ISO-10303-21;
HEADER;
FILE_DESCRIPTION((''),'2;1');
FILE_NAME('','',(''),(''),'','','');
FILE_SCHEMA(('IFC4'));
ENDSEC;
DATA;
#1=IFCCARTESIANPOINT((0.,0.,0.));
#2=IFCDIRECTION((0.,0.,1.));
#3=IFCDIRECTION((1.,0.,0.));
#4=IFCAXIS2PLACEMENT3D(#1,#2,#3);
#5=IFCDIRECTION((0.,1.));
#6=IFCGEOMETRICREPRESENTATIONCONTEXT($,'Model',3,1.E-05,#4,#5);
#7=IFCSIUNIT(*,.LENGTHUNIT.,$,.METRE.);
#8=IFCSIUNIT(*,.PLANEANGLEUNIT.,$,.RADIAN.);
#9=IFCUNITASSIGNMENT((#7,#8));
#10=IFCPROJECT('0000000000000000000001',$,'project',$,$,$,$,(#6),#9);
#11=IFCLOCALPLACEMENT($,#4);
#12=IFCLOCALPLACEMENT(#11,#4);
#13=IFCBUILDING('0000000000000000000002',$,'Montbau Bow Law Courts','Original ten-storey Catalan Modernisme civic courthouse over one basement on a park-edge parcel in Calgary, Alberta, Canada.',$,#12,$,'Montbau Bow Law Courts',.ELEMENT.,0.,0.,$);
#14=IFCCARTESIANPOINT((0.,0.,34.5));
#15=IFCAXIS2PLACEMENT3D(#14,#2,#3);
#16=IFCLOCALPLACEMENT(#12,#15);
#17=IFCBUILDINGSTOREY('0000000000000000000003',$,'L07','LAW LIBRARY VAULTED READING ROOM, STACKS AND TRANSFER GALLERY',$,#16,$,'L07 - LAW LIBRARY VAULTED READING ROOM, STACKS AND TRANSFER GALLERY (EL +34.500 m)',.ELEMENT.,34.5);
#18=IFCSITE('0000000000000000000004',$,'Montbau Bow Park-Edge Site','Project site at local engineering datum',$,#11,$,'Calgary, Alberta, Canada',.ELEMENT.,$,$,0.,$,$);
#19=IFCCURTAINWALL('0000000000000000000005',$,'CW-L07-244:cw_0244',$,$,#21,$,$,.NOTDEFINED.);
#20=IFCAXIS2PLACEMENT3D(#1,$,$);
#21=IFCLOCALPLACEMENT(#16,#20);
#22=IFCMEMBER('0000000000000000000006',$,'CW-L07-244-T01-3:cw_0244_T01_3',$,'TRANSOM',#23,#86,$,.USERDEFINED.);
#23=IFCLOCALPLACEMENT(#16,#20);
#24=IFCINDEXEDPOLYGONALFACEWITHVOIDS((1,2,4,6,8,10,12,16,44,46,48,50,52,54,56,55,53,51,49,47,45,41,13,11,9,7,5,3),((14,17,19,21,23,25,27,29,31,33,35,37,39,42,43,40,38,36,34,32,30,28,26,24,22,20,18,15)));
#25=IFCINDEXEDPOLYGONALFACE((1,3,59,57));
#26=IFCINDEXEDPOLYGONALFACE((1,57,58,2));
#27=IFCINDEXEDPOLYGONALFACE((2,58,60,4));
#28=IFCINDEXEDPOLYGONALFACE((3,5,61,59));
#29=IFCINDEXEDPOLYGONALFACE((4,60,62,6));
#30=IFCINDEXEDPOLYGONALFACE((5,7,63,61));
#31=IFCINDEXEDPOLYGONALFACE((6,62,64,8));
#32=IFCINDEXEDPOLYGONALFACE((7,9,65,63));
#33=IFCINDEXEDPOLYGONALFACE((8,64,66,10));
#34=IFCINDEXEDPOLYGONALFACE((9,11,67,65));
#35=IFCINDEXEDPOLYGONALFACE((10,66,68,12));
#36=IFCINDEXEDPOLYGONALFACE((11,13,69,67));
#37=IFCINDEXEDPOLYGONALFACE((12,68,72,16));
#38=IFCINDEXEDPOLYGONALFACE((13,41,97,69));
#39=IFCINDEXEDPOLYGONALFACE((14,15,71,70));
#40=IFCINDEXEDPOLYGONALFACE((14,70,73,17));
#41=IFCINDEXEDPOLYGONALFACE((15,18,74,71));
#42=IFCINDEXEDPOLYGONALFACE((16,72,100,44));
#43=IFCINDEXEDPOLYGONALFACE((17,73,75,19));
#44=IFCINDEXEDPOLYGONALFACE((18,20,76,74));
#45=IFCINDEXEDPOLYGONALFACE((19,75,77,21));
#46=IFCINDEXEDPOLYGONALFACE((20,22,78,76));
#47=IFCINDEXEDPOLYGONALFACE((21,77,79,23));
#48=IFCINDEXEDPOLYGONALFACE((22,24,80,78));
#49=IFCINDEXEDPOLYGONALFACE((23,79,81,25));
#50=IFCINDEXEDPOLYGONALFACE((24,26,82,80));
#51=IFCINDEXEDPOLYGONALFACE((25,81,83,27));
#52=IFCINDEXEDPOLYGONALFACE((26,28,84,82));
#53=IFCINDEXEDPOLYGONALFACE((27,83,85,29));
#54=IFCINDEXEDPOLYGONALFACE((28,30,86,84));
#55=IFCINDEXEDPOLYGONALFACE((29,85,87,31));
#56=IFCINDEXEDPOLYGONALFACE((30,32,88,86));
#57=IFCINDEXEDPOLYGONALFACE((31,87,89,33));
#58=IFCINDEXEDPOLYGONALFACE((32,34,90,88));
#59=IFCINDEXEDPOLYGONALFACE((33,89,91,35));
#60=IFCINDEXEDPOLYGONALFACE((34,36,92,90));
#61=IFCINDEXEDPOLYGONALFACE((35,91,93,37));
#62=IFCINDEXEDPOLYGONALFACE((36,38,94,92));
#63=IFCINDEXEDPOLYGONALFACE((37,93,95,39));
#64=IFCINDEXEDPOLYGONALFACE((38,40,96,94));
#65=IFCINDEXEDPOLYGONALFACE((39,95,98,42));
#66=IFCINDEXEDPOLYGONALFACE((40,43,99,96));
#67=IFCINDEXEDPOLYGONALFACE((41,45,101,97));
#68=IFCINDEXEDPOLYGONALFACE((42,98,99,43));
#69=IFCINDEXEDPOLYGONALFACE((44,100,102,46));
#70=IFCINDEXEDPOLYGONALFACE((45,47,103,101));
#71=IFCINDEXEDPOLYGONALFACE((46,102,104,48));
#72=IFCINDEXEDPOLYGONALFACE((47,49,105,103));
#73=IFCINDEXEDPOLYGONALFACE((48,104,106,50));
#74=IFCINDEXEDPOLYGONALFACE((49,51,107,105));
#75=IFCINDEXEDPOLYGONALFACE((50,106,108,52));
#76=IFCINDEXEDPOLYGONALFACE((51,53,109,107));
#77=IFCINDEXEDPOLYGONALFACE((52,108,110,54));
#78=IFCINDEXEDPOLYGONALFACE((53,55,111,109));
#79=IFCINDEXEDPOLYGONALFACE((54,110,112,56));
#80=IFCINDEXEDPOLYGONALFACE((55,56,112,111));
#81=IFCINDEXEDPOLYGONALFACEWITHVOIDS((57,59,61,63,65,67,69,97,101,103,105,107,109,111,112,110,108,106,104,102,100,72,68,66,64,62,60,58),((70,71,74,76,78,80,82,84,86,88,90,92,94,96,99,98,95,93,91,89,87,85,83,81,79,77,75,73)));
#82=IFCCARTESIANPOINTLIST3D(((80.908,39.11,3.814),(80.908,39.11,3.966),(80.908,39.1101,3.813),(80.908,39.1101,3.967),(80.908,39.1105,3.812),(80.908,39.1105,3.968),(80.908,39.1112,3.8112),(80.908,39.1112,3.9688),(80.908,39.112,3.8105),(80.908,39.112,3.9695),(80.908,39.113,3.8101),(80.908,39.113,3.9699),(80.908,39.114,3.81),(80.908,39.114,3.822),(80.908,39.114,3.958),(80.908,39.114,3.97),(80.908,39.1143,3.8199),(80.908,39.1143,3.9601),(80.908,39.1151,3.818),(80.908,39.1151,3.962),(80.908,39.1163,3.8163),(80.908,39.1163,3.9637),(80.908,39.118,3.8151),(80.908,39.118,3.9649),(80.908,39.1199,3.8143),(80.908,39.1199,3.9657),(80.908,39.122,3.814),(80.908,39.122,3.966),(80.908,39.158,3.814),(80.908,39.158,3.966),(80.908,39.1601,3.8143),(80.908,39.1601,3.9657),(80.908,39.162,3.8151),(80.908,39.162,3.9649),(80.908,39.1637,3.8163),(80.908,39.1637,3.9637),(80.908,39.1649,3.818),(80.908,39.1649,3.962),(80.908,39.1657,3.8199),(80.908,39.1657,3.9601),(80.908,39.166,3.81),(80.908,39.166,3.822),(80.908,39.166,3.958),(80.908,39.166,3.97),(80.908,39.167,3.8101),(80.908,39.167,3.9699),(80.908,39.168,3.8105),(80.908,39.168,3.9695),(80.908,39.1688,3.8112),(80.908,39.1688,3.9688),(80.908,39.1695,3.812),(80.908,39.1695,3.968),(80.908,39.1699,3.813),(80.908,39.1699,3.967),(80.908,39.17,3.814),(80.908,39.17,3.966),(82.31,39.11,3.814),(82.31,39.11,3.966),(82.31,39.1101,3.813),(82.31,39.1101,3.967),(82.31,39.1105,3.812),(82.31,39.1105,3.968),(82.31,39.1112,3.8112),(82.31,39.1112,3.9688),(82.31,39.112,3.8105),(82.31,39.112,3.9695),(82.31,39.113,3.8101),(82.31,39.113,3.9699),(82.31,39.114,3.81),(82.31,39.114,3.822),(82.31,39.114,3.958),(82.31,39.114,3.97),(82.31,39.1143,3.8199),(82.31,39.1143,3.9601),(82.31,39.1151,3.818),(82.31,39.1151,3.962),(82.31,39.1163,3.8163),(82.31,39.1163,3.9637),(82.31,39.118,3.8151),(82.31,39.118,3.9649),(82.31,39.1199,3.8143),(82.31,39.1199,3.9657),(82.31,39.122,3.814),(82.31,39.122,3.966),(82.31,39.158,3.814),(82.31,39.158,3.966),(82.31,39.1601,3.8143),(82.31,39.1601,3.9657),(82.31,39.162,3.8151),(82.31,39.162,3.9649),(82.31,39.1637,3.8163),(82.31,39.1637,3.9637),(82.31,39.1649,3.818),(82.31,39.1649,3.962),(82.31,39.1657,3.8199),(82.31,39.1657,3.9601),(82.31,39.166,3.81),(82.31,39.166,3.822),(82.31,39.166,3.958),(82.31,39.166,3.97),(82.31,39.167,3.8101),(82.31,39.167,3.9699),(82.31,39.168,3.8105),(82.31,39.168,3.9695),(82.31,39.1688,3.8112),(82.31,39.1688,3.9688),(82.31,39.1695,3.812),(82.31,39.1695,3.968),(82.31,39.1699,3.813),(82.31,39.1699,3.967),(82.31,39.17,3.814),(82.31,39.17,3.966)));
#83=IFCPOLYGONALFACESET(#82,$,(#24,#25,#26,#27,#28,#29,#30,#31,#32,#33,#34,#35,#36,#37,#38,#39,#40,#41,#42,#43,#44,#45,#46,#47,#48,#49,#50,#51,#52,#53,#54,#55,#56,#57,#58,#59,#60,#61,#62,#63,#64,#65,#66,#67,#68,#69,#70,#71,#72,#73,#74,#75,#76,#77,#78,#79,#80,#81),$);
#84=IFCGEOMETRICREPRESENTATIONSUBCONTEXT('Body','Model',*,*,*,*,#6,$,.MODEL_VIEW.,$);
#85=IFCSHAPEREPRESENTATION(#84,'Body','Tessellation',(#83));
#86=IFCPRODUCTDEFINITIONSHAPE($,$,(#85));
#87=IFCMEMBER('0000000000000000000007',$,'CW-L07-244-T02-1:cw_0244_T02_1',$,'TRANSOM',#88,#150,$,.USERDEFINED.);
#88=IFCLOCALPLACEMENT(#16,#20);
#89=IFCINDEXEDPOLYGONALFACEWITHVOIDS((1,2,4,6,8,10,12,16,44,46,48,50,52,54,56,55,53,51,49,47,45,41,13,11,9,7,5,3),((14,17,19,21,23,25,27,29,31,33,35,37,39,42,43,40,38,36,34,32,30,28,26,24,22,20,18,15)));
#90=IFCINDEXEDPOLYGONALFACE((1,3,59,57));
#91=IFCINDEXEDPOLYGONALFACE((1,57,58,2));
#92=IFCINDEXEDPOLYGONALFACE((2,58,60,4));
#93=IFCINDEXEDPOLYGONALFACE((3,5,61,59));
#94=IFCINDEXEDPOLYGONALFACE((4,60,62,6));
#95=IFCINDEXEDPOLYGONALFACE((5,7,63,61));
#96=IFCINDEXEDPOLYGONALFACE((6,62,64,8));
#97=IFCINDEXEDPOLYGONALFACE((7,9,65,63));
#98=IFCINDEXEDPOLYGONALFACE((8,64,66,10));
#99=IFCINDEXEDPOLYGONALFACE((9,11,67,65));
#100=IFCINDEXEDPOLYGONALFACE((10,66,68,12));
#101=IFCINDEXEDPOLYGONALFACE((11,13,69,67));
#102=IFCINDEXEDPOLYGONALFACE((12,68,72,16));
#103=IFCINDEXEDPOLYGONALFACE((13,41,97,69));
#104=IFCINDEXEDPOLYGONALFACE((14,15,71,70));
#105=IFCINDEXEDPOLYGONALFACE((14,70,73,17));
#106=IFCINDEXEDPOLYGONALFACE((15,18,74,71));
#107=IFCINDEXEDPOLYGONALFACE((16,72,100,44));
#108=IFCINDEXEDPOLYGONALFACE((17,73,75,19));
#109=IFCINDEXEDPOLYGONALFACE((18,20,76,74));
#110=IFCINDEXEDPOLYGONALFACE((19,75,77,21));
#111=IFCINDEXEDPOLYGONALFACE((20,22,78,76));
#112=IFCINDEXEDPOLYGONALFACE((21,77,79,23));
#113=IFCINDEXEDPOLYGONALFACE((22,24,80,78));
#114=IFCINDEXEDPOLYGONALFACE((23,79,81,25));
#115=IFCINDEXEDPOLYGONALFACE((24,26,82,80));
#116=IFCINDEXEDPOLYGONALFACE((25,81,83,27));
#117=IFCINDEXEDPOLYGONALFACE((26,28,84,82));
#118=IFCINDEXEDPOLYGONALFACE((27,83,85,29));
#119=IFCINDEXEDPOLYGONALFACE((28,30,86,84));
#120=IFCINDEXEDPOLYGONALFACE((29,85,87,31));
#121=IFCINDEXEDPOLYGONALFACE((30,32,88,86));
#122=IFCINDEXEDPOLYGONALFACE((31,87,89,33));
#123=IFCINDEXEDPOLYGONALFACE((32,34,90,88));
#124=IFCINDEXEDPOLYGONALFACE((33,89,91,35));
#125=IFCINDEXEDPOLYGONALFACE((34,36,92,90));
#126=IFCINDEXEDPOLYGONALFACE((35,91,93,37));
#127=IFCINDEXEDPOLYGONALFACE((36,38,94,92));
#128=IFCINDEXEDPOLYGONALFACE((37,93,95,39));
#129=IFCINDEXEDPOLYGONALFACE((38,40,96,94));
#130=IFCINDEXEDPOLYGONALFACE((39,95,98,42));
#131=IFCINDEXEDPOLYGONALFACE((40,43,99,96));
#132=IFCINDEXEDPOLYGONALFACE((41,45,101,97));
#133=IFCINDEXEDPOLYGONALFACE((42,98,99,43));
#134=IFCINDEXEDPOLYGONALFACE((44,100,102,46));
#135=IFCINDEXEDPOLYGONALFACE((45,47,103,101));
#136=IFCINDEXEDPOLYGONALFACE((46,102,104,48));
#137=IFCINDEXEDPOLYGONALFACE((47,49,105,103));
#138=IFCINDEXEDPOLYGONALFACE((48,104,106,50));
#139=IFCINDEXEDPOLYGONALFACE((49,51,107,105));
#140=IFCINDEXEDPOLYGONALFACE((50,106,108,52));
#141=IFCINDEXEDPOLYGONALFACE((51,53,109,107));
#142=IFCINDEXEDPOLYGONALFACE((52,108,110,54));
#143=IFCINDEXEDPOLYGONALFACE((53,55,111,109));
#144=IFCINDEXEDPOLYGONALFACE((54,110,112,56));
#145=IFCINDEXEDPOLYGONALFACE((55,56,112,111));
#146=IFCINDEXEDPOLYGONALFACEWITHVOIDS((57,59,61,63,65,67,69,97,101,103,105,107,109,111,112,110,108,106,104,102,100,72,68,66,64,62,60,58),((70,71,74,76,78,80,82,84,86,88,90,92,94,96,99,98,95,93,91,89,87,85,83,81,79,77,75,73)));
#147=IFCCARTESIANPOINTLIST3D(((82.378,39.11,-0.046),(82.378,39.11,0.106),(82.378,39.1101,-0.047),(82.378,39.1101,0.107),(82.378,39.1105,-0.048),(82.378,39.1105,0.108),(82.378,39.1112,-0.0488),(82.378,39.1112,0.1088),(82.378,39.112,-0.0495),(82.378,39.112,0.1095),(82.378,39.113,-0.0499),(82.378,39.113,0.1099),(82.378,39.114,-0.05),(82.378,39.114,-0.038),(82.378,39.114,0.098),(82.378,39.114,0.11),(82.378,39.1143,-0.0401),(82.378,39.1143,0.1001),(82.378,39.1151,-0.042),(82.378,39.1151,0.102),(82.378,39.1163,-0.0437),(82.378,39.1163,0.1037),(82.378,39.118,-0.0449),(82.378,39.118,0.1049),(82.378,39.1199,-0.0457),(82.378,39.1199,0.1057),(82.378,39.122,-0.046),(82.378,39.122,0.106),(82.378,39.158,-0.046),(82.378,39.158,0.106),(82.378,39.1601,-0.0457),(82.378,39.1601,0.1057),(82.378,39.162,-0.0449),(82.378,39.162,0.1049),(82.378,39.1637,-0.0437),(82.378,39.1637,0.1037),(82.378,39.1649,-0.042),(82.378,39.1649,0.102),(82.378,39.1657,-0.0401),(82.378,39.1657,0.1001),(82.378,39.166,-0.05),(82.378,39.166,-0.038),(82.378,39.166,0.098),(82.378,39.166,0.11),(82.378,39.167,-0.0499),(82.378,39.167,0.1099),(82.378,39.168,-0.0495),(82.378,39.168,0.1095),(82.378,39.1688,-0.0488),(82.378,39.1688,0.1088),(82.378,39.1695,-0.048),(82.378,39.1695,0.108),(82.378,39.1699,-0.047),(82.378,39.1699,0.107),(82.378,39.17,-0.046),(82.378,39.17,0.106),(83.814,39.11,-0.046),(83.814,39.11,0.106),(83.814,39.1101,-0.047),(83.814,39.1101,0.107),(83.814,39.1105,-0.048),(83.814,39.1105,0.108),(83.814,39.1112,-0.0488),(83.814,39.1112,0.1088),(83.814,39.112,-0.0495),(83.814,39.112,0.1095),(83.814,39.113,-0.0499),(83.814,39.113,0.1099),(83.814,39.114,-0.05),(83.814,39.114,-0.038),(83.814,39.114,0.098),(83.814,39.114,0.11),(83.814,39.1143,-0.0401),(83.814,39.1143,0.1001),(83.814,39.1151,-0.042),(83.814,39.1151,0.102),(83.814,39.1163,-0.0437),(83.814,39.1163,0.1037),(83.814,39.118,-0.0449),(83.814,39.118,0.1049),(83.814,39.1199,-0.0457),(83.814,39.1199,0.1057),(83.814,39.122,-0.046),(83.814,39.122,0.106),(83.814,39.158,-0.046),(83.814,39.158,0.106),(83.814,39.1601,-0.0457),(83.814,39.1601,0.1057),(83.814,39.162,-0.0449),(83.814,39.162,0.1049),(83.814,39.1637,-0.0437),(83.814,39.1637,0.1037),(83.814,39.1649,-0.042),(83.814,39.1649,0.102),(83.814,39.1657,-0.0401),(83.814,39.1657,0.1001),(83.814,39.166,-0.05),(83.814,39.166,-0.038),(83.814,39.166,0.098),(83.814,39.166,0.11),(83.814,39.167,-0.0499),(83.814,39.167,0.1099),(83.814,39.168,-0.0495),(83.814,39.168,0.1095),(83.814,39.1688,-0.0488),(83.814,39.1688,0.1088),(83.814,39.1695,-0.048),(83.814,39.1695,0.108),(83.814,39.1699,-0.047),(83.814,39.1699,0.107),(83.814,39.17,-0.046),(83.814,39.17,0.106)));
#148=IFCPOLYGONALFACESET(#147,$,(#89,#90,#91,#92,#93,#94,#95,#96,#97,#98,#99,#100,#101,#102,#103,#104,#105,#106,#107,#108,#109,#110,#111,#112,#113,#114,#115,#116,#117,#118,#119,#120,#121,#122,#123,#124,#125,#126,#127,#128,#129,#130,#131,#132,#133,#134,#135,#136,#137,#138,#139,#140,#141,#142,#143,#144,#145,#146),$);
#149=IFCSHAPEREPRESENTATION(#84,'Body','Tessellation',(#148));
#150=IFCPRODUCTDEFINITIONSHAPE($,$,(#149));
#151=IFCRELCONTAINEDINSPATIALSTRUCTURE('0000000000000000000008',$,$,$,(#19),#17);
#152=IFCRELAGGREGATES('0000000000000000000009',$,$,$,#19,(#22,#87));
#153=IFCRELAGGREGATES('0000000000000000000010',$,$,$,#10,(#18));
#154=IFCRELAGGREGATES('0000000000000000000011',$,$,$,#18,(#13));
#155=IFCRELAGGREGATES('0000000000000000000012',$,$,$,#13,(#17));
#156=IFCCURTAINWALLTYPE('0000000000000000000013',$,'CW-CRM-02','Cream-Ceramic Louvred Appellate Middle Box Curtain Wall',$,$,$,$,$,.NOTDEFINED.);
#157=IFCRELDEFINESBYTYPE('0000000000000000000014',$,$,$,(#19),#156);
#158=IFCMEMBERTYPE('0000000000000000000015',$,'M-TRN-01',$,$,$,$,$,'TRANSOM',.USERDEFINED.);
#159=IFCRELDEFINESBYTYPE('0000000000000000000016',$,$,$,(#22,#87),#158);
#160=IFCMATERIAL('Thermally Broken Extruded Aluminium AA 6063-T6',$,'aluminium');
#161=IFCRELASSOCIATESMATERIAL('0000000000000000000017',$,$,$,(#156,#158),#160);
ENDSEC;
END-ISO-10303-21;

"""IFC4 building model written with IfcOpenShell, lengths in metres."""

from ifc_helpers import new_model, si_unit, direction, frame, origin_with_axes, origin_2d_with_axis, place, context, subcontext, project, spatial, hollow_rectangle, extrude, material, material_profile, profile_set, type_object, element, aggregate, save


model = new_model("IFC4")

# Units and contexts
model_context = context("Model", 3, precision=1e-05, world=origin_with_axes(), true_north=direction((0.0, 1.0)))
body_context = subcontext(model_context, "Body", "Model", "MODEL_VIEW")
ifc_project = project(units=[si_unit("LENGTHUNIT", "METRE"), si_unit("PLANEANGLEUNIT", "RADIAN")], contexts=[model_context])

# Site, building, storey
site_placement = place(None, origin_with_axes())
site = spatial("IfcSite", under=ifc_project, at=site_placement, Name="Montbau Bow Park-Edge Site", Description="Project site at local engineering datum", LongName="Calgary, Alberta, Canada", CompositionType="ELEMENT", RefElevation=0.0)
building_placement = place(site_placement, origin_with_axes())
building = spatial("IfcBuilding", under=site, at=building_placement, Name="Montbau Bow Law Courts", Description="Original ten-storey Catalan Modernisme civic courthouse over one basement on a park-edge parcel in Calgary, Alberta, Canada.", LongName="Montbau Bow Law Courts", CompositionType="ELEMENT", ElevationOfRefHeight=0.0, ElevationOfTerrain=0.0)
storey_placement = place(building_placement, frame((0.0, 0.0, 34.5), z_axis=(0.0, 0.0, 1.0), x_axis=(1.0, 0.0, 0.0)))
storey = spatial("IfcBuildingStorey", under=building, at=storey_placement, Name="L07", Description="LAW LIBRARY VAULTED READING ROOM, STACKS AND TRANSFER GALLERY", LongName="L07 - LAW LIBRARY VAULTED READING ROOM, STACKS AND TRANSFER GALLERY (EL +34.500 m)", CompositionType="ELEMENT", Elevation=34.5)

# Shared definitions
ifc_material_1 = material(Name="Thermally Broken Extruded Aluminium AA 6063-T6", Category="aluminium")
curtain_wall_type = type_object("IfcCurtainWallType", Name="CW-CRM-02", Description="Cream-Ceramic Louvred Appellate Middle Box Curtain Wall", PredefinedType="NOTDEFINED", material=ifc_material_1)

# Curtain wall, members
curtain_wall_1_placement = place(None, frame((80.84, 39.14, 34.5), z_axis=(0.0, 0.0, 1.0), x_axis=(1.0, 0.0, 0.0)))
curtain_wall_1 = element("IfcCurtainWall", 1, at=curtain_wall_1_placement, inside=storey, type_object=curtain_wall_type, Name="CW-L07-244:cw_0244", PredefinedType="NOTDEFINED")
ifc_material_profile_1 = material_profile(ifc_material_1, hollow_rectangle(XDim=0.06, YDim=0.16, WallThickness=0.004, InnerFilletRadius=0.008, OuterFilletRadius=0.004, at=origin_2d_with_axis()), Name="CWT-160X60", Category="Main", Priority=0)
ifc_profile_set_1 = profile_set([ifc_material_profile_1], Name="Thermally Broken Extruded Aluminium AA 6063-T6")
member_type_1 = type_object("IfcMemberType", Name="M-TRN-01", ElementType="TRANSOM", PredefinedType="USERDEFINED", material=ifc_profile_set_1)
member_1_placement = place(None, frame((80.908, 39.14, 38.39), z_axis=(1.0, 0.0, 0.0), x_axis=(0.0, 1.0, 0.0)))
member_1 = element("IfcMember", 2, at=member_1_placement, type_object=member_type_1, Name="CW-L07-244-T01-3:cw_0244_T01_3", ObjectType="TRANSOM", PredefinedType="USERDEFINED", context=body_context, shape_type="SweptSolid", body=[
    extrude(hollow_rectangle(XDim=0.06, YDim=0.16, WallThickness=0.004, InnerFilletRadius=0.008, OuterFilletRadius=0.004, at=origin_2d_with_axis()), origin_with_axes(), (0.0, 0.0, 1.0), 1.402),
])
member_2_placement = place(None, frame((82.378, 39.14, 34.53), z_axis=(1.0, 0.0, 0.0), x_axis=(0.0, 1.0, 0.0)))
member_2 = element("IfcMember", 3, at=member_2_placement, type_object=member_type_1, Name="CW-L07-244-T02-1:cw_0244_T02_1", ObjectType="TRANSOM", PredefinedType="USERDEFINED", context=body_context, shape_type="SweptSolid", body=[
    extrude(hollow_rectangle(XDim=0.06, YDim=0.16, WallThickness=0.004, InnerFilletRadius=0.008, OuterFilletRadius=0.004, at=origin_2d_with_axis()), origin_with_axes(), (0.0, 0.0, 1.0), 1.436),
])
aggregate(curtain_wall_1, [member_1, member_2])

save(model, "model.ifc")
